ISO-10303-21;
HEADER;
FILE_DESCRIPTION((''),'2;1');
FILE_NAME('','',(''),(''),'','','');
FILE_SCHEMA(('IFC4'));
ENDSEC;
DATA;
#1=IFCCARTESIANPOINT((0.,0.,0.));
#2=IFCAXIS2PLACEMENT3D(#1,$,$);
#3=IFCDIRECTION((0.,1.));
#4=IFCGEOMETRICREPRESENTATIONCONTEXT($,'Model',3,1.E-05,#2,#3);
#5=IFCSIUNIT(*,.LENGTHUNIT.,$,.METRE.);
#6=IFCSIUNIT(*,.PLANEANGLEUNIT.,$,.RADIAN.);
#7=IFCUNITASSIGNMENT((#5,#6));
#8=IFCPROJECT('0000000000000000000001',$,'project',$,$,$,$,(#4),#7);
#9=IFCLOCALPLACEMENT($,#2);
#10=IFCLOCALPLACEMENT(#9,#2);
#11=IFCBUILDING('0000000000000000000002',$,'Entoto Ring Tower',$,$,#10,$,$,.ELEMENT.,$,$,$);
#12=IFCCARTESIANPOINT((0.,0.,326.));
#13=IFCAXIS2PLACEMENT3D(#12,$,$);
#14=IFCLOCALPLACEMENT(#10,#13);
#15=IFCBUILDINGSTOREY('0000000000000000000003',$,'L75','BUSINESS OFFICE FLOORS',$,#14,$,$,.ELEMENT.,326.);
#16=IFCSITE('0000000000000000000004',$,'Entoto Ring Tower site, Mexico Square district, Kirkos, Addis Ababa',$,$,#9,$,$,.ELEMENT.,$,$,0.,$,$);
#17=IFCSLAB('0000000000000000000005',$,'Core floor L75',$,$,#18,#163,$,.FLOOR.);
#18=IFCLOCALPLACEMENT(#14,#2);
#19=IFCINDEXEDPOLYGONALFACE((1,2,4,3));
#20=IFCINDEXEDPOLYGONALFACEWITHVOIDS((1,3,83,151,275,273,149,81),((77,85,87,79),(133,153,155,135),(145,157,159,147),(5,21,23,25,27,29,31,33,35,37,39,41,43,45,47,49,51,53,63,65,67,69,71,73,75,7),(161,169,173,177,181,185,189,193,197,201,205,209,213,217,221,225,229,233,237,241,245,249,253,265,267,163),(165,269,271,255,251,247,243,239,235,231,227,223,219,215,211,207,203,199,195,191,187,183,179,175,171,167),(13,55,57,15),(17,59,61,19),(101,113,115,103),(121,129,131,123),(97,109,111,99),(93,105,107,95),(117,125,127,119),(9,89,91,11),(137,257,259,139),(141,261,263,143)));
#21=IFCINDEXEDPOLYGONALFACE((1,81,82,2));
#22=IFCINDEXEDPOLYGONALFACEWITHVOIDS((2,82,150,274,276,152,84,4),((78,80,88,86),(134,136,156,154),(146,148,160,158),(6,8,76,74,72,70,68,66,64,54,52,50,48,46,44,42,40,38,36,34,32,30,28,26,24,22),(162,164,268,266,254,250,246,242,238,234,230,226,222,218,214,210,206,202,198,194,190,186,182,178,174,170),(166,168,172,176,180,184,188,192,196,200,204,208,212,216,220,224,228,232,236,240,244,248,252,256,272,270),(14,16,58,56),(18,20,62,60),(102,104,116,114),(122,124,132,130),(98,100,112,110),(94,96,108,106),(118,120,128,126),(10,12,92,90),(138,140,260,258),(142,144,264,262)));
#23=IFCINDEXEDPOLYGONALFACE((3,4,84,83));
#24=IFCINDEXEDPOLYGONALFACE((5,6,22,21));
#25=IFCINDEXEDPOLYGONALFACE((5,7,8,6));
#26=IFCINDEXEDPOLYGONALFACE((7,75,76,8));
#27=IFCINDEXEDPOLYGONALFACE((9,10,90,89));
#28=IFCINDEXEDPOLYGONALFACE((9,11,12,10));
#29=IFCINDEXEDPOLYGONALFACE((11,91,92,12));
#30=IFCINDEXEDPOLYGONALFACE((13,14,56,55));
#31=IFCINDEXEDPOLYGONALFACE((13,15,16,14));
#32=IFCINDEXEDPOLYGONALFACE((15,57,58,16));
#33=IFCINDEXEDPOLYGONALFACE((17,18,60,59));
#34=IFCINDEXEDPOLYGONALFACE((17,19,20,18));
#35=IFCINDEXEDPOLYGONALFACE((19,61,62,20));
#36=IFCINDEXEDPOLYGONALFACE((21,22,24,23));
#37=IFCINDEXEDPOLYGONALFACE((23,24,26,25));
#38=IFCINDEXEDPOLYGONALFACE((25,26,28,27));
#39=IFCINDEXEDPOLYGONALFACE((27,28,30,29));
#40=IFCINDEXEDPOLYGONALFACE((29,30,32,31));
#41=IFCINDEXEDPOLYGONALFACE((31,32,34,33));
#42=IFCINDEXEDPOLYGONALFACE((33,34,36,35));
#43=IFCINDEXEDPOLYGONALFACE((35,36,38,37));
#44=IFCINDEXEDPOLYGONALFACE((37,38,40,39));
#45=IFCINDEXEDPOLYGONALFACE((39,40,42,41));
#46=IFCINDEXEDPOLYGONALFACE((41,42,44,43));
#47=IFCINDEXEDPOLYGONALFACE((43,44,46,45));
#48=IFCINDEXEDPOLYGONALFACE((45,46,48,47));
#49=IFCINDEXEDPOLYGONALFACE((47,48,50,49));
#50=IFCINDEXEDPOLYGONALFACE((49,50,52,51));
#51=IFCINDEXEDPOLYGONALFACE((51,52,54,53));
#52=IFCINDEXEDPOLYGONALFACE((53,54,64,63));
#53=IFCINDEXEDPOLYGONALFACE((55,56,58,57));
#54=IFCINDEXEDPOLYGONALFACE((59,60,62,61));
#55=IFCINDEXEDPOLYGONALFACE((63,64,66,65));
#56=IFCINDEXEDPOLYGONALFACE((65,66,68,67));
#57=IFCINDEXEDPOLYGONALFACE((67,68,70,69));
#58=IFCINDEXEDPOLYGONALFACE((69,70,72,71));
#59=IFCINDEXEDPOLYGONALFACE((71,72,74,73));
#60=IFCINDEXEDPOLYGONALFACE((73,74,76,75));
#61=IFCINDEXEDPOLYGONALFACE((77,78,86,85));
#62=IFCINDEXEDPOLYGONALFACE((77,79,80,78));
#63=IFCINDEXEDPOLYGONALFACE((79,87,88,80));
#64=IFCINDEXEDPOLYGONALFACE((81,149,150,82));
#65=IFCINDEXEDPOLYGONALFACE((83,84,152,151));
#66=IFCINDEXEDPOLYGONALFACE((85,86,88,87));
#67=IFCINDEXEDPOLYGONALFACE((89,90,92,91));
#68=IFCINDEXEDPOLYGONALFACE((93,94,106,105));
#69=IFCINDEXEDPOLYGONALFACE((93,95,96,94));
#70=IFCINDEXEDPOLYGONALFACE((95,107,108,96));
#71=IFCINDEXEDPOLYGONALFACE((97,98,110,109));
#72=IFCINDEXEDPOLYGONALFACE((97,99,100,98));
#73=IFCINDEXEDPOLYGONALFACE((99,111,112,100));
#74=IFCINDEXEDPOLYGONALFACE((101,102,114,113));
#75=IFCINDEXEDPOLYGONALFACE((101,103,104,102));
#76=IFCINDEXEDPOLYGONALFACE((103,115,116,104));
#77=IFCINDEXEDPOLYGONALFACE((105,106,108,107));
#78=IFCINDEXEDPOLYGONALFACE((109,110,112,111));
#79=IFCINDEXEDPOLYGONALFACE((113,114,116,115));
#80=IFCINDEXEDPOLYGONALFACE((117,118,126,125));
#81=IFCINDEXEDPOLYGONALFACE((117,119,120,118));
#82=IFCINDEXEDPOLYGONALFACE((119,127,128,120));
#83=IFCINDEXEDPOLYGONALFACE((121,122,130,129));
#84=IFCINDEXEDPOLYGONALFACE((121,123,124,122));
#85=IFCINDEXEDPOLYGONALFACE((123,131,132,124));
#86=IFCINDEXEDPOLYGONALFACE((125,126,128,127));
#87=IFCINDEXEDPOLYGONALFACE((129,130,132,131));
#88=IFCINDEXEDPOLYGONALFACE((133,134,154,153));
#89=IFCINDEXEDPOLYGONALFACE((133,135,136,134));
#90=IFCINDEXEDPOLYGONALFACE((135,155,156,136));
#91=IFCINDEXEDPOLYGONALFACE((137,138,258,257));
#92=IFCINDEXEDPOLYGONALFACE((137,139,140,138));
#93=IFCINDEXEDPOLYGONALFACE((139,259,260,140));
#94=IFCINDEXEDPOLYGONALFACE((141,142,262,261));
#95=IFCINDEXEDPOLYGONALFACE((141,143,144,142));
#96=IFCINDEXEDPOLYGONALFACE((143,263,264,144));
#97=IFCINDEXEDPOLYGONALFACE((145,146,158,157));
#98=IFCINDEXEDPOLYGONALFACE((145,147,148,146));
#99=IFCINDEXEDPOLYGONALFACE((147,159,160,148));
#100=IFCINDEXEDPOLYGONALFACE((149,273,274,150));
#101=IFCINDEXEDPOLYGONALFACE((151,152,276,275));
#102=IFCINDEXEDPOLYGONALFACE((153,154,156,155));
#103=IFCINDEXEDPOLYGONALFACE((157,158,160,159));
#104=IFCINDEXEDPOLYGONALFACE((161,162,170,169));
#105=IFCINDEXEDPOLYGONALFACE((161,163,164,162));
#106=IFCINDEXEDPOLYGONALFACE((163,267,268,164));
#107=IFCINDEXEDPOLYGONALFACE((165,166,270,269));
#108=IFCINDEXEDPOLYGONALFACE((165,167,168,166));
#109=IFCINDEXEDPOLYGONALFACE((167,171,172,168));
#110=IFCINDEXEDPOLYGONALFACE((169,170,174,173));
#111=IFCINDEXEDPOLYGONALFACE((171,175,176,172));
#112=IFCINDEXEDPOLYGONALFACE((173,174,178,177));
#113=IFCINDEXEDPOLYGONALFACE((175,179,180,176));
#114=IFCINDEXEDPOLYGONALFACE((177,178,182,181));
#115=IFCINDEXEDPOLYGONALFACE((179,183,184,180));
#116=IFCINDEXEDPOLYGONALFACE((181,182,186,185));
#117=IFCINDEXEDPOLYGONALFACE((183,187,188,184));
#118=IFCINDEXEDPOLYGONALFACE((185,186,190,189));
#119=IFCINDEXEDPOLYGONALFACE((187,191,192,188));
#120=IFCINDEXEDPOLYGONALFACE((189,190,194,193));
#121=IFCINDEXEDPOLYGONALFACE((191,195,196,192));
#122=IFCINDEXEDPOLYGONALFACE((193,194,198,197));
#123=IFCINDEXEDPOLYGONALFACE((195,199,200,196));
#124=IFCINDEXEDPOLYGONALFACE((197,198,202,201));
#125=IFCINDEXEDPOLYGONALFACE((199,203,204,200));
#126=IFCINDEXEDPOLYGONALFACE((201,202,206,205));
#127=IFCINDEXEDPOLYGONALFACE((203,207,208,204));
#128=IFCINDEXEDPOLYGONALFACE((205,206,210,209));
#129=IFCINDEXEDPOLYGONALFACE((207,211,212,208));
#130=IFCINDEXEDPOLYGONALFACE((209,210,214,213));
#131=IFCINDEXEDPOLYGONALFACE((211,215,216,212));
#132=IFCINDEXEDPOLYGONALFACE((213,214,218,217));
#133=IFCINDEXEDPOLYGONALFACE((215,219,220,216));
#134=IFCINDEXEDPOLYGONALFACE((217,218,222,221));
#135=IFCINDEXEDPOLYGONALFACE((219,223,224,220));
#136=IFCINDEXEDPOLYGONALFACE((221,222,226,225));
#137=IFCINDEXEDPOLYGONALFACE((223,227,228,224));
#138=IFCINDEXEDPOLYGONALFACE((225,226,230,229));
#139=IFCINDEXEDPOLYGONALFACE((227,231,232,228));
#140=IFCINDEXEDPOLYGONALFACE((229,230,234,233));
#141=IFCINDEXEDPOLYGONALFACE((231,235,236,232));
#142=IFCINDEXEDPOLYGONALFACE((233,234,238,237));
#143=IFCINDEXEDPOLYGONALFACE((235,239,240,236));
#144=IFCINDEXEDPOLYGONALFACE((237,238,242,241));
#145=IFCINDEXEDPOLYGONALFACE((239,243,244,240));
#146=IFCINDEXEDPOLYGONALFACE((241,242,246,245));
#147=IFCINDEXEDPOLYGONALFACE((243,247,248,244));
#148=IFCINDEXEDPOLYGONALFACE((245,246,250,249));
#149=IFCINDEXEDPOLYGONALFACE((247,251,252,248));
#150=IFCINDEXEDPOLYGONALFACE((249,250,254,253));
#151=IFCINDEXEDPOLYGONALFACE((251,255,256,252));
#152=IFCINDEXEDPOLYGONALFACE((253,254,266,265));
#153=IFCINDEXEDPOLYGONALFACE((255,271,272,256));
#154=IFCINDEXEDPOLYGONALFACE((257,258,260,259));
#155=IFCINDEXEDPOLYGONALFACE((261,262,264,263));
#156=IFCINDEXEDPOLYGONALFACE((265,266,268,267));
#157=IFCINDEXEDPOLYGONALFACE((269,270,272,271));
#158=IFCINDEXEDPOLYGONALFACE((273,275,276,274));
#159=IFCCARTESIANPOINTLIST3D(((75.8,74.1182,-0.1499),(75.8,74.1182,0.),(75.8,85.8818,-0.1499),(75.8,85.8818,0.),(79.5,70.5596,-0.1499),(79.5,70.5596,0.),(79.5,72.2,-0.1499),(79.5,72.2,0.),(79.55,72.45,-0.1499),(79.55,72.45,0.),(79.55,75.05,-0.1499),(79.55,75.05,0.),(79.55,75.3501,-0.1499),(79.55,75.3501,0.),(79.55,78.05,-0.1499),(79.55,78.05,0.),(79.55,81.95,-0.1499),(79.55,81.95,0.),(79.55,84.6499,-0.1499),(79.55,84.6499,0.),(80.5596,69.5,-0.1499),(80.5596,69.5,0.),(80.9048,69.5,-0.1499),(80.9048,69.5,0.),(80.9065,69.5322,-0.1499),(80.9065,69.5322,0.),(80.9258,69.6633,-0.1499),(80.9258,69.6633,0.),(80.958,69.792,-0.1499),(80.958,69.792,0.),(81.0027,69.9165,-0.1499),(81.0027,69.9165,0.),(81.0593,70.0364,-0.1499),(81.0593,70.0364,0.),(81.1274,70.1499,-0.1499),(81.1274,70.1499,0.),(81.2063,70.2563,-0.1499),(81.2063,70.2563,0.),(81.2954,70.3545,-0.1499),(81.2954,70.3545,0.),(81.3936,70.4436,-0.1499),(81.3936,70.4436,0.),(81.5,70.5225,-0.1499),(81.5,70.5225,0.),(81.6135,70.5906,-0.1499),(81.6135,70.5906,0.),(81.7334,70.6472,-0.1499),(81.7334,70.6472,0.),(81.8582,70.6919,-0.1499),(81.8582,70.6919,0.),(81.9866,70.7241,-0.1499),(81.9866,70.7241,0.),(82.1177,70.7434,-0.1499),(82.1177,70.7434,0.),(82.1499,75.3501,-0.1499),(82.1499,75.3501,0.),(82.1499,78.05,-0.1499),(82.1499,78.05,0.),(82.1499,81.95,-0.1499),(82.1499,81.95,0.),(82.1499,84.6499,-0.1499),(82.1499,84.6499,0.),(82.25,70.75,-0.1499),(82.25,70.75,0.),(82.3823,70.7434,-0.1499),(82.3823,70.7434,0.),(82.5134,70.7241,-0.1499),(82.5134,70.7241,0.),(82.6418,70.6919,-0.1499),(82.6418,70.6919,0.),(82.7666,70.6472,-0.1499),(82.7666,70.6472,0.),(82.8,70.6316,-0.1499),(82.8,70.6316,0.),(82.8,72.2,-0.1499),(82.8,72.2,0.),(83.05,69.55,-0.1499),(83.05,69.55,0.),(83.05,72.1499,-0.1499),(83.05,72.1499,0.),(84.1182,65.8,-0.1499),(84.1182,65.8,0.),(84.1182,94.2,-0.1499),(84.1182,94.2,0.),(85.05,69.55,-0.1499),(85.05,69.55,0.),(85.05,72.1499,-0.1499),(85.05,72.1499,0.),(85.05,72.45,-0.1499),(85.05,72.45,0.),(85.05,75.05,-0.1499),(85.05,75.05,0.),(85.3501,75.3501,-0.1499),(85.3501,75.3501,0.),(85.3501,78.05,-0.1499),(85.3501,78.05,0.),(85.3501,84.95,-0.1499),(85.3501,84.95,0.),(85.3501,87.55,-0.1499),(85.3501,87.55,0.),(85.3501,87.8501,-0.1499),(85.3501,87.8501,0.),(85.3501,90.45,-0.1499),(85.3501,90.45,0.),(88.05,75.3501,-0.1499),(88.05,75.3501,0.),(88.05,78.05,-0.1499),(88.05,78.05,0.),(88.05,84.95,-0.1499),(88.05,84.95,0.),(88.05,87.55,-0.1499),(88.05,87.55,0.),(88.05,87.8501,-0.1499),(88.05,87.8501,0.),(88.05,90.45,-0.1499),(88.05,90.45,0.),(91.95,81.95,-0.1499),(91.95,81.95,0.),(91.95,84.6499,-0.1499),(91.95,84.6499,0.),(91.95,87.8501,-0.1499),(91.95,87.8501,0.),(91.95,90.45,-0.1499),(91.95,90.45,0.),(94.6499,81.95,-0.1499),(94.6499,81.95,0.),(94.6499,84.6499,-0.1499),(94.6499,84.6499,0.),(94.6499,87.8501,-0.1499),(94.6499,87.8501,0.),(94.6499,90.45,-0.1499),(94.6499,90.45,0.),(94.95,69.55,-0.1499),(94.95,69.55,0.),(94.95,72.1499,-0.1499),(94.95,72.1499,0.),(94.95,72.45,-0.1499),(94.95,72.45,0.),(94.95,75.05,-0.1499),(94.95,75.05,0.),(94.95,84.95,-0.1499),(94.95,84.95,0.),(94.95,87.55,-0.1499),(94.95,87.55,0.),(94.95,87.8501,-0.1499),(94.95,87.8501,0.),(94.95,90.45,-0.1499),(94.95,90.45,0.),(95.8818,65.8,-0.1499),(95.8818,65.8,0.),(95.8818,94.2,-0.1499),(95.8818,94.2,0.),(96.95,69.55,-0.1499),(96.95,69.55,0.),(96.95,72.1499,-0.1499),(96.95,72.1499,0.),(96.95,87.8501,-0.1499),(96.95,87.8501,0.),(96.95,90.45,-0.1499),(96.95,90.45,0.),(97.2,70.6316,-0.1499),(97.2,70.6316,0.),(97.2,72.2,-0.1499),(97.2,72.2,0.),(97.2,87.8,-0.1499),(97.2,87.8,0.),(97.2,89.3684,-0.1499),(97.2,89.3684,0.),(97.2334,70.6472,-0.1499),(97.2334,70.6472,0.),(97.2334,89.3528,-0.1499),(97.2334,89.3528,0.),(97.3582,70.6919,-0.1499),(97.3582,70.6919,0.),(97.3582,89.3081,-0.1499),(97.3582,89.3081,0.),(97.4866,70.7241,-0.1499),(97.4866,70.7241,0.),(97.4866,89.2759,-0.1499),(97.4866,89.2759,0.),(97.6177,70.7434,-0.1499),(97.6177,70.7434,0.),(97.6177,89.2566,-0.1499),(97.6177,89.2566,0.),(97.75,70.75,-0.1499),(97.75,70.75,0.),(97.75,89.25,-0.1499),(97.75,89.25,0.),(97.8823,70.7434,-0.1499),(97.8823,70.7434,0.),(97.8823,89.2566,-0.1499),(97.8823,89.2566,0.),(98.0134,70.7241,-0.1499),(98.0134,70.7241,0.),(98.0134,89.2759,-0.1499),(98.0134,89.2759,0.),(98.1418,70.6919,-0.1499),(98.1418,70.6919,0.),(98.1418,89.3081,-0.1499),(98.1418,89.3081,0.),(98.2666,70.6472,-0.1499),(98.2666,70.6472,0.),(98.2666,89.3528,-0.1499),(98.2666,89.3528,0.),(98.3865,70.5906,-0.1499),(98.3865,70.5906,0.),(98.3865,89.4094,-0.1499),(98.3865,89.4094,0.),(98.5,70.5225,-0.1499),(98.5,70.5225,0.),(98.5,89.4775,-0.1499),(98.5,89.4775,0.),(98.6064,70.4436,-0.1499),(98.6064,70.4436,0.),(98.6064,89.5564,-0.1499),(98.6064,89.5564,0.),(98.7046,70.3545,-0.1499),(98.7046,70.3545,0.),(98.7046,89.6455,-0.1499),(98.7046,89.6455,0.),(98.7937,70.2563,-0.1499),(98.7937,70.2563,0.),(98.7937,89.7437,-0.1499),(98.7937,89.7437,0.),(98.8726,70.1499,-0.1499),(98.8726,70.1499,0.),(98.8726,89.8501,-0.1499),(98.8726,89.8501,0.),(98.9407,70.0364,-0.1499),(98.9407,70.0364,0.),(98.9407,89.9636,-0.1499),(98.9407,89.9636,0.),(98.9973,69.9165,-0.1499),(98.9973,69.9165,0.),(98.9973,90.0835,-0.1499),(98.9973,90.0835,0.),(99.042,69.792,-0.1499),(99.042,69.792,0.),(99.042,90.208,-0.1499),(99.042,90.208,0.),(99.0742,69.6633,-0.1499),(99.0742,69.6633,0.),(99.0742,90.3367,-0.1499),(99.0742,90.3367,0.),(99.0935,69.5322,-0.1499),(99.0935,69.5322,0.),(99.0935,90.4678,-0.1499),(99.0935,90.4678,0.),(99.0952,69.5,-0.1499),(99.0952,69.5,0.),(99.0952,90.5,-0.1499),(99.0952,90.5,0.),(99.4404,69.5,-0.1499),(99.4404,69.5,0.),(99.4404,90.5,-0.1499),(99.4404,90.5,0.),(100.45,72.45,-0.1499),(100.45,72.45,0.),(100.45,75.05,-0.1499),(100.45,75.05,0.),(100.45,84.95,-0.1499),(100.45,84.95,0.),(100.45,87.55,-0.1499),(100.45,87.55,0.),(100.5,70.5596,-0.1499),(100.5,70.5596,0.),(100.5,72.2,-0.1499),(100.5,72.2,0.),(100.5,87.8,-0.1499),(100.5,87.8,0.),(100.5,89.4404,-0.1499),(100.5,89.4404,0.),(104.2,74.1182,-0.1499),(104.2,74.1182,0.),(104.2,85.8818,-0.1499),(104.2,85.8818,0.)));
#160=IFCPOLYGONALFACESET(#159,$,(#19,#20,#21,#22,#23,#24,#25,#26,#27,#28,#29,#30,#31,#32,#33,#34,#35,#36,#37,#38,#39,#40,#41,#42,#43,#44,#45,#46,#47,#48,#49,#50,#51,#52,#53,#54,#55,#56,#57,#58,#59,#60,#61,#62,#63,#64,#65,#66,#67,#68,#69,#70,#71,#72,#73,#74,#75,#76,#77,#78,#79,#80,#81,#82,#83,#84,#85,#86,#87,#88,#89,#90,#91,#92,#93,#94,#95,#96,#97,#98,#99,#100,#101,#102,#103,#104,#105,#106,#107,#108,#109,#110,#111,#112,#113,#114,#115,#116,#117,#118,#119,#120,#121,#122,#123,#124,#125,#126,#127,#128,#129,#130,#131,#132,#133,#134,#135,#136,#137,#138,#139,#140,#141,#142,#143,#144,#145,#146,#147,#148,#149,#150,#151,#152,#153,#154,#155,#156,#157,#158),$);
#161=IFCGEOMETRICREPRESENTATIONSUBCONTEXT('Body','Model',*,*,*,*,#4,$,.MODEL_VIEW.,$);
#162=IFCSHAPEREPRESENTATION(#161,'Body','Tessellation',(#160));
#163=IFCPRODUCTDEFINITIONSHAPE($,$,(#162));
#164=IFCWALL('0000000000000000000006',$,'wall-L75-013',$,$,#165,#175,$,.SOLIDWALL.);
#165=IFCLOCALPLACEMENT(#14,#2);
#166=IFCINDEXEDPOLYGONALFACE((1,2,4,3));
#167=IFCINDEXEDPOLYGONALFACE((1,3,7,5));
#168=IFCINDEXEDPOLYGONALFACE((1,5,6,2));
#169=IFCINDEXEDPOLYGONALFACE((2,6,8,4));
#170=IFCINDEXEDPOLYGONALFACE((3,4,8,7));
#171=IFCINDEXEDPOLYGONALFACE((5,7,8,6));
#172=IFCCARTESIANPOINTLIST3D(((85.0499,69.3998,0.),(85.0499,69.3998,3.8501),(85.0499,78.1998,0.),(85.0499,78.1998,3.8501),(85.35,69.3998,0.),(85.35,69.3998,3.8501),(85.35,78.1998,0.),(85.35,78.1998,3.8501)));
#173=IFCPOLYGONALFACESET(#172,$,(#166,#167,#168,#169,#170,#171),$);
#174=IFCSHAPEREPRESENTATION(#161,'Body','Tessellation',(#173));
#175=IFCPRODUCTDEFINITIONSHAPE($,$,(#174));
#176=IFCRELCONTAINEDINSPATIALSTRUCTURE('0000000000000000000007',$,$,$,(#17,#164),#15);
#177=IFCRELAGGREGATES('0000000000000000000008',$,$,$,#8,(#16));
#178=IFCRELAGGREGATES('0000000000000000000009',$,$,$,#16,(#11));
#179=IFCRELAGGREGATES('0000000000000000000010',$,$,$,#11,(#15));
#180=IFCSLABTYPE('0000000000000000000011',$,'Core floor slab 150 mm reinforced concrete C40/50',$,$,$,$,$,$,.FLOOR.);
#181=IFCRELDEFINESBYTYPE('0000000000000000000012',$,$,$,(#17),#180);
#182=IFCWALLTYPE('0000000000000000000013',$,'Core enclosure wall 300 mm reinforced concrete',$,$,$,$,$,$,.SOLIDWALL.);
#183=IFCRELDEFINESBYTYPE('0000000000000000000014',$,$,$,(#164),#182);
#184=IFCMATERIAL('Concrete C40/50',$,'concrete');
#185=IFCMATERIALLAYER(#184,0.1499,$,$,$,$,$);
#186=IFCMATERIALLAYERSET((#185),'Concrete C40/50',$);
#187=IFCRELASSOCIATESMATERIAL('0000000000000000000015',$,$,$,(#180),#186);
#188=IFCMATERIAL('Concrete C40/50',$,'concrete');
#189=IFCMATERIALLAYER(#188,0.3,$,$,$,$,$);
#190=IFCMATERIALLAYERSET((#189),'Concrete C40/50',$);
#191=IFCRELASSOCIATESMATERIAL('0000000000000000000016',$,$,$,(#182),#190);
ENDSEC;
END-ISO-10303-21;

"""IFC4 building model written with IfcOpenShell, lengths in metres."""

from ifc_helpers import new_model, si_unit, direction, frame, frame_2d, origin, place, context, subcontext, project, spatial, polyline, rectangle, outline, extrude, material, layer, layer_set, type_object, element, save


model = new_model("IFC4")

# Units and contexts
model_context = context("Model", 3, precision=1e-05, world=origin(), true_north=direction((0.0, 1.0)))
body_context = subcontext(model_context, "Body", "Model", "MODEL_VIEW")
ifc_project = project(units=[si_unit("LENGTHUNIT", "METRE"), si_unit("PLANEANGLEUNIT", "RADIAN")], contexts=[model_context])

# Site, building, storey
site_placement = place(None, origin())
site = spatial("IfcSite", under=ifc_project, at=site_placement, Name="Entoto Ring Tower site, Mexico Square district, Kirkos, Addis Ababa", CompositionType="ELEMENT", RefElevation=0.0)
building_placement = place(site_placement, origin())
building = spatial("IfcBuilding", under=site, at=building_placement, Name="Entoto Ring Tower", CompositionType="ELEMENT")
storey_placement = place(building_placement, frame((0.0, 0.0, 326.0)))
storey = spatial("IfcBuildingStorey", under=building, at=storey_placement, Name="L75", Description="BUSINESS OFFICE FLOORS", CompositionType="ELEMENT", Elevation=326.0)

# Slab
ifc_material_1 = material(Name="Concrete C40/50", Category="concrete")
ifc_layer_1 = layer(ifc_material_1, 0.1499)
ifc_layer_set_1 = layer_set([ifc_layer_1], Name="Concrete C40/50")
slab_type = type_object("IfcSlabType", Name="Core floor slab 150 mm reinforced concrete C40/50", PredefinedType="FLOOR", material=ifc_layer_set_1)
slab_placement = place(storey_placement, frame((0.0, 0.0, -0.1499)))
element("IfcSlab", 1, at=slab_placement, inside=storey, type_object=slab_type, Name="Core floor L75", PredefinedType="FLOOR", context=body_context, shape_type="SweptSolid", body=[
    extrude(outline(polyline([(104.2, 74.1182), (104.2, 85.8818), (95.8818, 94.2), (84.1182, 94.2), (75.8, 85.8818), (75.8, 74.1182), (84.1182, 65.8), (95.8818, 65.8), (104.2, 74.1182)]), holes=[polyline([(100.45, 84.95), (100.45, 87.55), (94.95, 87.55), (94.95, 84.95), (100.45, 84.95)]), polyline([(85.05, 72.45), (85.05, 75.05), (79.55, 75.05), (79.55, 72.45), (85.05, 72.45)]), polyline([(100.45, 72.45), (100.45, 75.05), (94.95, 75.05), (94.95, 72.45), (100.45, 72.45)]), polyline([(94.95, 90.45), (94.95, 87.8501), (96.95, 87.8501), (96.95, 90.45), (94.95, 90.45)]), polyline([(94.95, 72.1499), (94.95, 69.55), (96.95, 69.55), (96.95, 72.1499), (94.95, 72.1499)]), polyline([(83.05, 72.1499), (83.05, 69.55), (85.05, 69.55), (85.05, 72.1499), (83.05, 72.1499)]), polyline([(79.55, 81.95), (82.1499, 81.95), (82.1499, 84.6499), (79.55, 84.6499), (79.55, 81.95)]), polyline([(79.55, 75.3501), (82.1499, 75.3501), (82.1499, 78.05), (79.55, 78.05), (79.55, 75.3501)]), polyline([(91.95, 87.8501), (94.6499, 87.8501), (94.6499, 90.45), (91.95, 90.45), (91.95, 87.8501)]), polyline([(91.95, 81.95), (94.6499, 81.95), (94.6499, 84.6499), (91.95, 84.6499), (91.95, 81.95)]), polyline([(85.3501, 75.3501), (88.05, 75.3501), (88.05, 78.05), (85.3501, 78.05), (85.3501, 75.3501)]), polyline([(85.3501, 84.95), (88.05, 84.95), (88.05, 87.55), (85.3501, 87.55), (85.3501, 84.95)]), polyline([(85.3501, 87.8501), (88.05, 87.8501), (88.05, 90.45), (85.3501, 90.45), (85.3501, 87.8501)]), polyline([(97.2, 89.3684), (97.2, 87.8), (100.5, 87.8), (100.5, 89.4404), (99.4404, 90.5), (99.0952, 90.5), (99.0935, 90.4678), (99.0742, 90.3367), (99.042, 90.208), (98.9973, 90.0835), (98.9407, 89.9636), (98.8726, 89.8501), (98.7937, 89.7437), (98.7046, 89.6455), (98.6064, 89.5564), (98.5, 89.4775), (98.3865, 89.4094), (98.2666, 89.3528), (98.1418, 89.3081), (98.0134, 89.2759), (97.8823, 89.2566), (97.75, 89.25), (97.6177, 89.2566), (97.4866, 89.2759), (97.3582, 89.3081), (97.2334, 89.3528), (97.2, 89.3684)]), polyline([(80.5596, 69.5), (80.9048, 69.5), (80.9065, 69.5322), (80.9258, 69.6633), (80.958, 69.792), (81.0027, 69.9165), (81.0593, 70.0364), (81.1274, 70.1499), (81.2063, 70.2563), (81.2954, 70.3545), (81.3936, 70.4436), (81.5, 70.5225), (81.6135, 70.5906), (81.7334, 70.6472), (81.8582, 70.6919), (81.9866, 70.7241), (82.1177, 70.7434), (82.25, 70.75), (82.3823, 70.7434), (82.5134, 70.7241), (82.6418, 70.6919), (82.7666, 70.6472), (82.8, 70.6316), (82.8, 72.2), (79.5, 72.2), (79.5, 70.5596), (80.5596, 69.5)]), polyline([(99.0952, 69.5), (99.4404, 69.5), (100.5, 70.5596), (100.5, 72.2), (97.2, 72.2), (97.2, 70.6316), (97.2334, 70.6472), (97.3582, 70.6919), (97.4866, 70.7241), (97.6177, 70.7434), (97.75, 70.75), (97.8823, 70.7434), (98.0134, 70.7241), (98.1418, 70.6919), (98.2666, 70.6472), (98.3865, 70.5906), (98.5, 70.5225), (98.6064, 70.4436), (98.7046, 70.3545), (98.7937, 70.2563), (98.8726, 70.1499), (98.9407, 70.0364), (98.9973, 69.9165), (99.042, 69.792), (99.0742, 69.6633), (99.0935, 69.5322), (99.0952, 69.5)])]), origin(), (0.0, 0.0, 1.0), 0.1499),
])

# Wall
ifc_material_2 = material(Name="Concrete C40/50", Category="concrete")
ifc_layer_2 = layer(ifc_material_2, 0.3)
ifc_layer_set_2 = layer_set([ifc_layer_2], Name="Concrete C40/50")
wall_type_1 = type_object("IfcWallType", Name="Core enclosure wall 300 mm reinforced concrete", PredefinedType="SOLIDWALL", material=ifc_layer_set_2)
wall_1_placement = place(storey_placement, frame((85.2, 69.3999, 0.0), z_axis=(0.0, 0.0, 1.0), x_axis=(0.0, 1.0, 0.0)))
element("IfcWall", 2, at=wall_1_placement, inside=storey, type_object=wall_type_1, Name="wall-L75-013", PredefinedType="SOLIDWALL", context=body_context, shape_type="SweptSolid", body=[
    extrude(rectangle(XDim=8.8, YDim=0.3, at=frame_2d((4.3999, 0.0))), origin(), (0.0, 0.0, 1.0), 3.8501),
])

save(model, "model.ifc")
